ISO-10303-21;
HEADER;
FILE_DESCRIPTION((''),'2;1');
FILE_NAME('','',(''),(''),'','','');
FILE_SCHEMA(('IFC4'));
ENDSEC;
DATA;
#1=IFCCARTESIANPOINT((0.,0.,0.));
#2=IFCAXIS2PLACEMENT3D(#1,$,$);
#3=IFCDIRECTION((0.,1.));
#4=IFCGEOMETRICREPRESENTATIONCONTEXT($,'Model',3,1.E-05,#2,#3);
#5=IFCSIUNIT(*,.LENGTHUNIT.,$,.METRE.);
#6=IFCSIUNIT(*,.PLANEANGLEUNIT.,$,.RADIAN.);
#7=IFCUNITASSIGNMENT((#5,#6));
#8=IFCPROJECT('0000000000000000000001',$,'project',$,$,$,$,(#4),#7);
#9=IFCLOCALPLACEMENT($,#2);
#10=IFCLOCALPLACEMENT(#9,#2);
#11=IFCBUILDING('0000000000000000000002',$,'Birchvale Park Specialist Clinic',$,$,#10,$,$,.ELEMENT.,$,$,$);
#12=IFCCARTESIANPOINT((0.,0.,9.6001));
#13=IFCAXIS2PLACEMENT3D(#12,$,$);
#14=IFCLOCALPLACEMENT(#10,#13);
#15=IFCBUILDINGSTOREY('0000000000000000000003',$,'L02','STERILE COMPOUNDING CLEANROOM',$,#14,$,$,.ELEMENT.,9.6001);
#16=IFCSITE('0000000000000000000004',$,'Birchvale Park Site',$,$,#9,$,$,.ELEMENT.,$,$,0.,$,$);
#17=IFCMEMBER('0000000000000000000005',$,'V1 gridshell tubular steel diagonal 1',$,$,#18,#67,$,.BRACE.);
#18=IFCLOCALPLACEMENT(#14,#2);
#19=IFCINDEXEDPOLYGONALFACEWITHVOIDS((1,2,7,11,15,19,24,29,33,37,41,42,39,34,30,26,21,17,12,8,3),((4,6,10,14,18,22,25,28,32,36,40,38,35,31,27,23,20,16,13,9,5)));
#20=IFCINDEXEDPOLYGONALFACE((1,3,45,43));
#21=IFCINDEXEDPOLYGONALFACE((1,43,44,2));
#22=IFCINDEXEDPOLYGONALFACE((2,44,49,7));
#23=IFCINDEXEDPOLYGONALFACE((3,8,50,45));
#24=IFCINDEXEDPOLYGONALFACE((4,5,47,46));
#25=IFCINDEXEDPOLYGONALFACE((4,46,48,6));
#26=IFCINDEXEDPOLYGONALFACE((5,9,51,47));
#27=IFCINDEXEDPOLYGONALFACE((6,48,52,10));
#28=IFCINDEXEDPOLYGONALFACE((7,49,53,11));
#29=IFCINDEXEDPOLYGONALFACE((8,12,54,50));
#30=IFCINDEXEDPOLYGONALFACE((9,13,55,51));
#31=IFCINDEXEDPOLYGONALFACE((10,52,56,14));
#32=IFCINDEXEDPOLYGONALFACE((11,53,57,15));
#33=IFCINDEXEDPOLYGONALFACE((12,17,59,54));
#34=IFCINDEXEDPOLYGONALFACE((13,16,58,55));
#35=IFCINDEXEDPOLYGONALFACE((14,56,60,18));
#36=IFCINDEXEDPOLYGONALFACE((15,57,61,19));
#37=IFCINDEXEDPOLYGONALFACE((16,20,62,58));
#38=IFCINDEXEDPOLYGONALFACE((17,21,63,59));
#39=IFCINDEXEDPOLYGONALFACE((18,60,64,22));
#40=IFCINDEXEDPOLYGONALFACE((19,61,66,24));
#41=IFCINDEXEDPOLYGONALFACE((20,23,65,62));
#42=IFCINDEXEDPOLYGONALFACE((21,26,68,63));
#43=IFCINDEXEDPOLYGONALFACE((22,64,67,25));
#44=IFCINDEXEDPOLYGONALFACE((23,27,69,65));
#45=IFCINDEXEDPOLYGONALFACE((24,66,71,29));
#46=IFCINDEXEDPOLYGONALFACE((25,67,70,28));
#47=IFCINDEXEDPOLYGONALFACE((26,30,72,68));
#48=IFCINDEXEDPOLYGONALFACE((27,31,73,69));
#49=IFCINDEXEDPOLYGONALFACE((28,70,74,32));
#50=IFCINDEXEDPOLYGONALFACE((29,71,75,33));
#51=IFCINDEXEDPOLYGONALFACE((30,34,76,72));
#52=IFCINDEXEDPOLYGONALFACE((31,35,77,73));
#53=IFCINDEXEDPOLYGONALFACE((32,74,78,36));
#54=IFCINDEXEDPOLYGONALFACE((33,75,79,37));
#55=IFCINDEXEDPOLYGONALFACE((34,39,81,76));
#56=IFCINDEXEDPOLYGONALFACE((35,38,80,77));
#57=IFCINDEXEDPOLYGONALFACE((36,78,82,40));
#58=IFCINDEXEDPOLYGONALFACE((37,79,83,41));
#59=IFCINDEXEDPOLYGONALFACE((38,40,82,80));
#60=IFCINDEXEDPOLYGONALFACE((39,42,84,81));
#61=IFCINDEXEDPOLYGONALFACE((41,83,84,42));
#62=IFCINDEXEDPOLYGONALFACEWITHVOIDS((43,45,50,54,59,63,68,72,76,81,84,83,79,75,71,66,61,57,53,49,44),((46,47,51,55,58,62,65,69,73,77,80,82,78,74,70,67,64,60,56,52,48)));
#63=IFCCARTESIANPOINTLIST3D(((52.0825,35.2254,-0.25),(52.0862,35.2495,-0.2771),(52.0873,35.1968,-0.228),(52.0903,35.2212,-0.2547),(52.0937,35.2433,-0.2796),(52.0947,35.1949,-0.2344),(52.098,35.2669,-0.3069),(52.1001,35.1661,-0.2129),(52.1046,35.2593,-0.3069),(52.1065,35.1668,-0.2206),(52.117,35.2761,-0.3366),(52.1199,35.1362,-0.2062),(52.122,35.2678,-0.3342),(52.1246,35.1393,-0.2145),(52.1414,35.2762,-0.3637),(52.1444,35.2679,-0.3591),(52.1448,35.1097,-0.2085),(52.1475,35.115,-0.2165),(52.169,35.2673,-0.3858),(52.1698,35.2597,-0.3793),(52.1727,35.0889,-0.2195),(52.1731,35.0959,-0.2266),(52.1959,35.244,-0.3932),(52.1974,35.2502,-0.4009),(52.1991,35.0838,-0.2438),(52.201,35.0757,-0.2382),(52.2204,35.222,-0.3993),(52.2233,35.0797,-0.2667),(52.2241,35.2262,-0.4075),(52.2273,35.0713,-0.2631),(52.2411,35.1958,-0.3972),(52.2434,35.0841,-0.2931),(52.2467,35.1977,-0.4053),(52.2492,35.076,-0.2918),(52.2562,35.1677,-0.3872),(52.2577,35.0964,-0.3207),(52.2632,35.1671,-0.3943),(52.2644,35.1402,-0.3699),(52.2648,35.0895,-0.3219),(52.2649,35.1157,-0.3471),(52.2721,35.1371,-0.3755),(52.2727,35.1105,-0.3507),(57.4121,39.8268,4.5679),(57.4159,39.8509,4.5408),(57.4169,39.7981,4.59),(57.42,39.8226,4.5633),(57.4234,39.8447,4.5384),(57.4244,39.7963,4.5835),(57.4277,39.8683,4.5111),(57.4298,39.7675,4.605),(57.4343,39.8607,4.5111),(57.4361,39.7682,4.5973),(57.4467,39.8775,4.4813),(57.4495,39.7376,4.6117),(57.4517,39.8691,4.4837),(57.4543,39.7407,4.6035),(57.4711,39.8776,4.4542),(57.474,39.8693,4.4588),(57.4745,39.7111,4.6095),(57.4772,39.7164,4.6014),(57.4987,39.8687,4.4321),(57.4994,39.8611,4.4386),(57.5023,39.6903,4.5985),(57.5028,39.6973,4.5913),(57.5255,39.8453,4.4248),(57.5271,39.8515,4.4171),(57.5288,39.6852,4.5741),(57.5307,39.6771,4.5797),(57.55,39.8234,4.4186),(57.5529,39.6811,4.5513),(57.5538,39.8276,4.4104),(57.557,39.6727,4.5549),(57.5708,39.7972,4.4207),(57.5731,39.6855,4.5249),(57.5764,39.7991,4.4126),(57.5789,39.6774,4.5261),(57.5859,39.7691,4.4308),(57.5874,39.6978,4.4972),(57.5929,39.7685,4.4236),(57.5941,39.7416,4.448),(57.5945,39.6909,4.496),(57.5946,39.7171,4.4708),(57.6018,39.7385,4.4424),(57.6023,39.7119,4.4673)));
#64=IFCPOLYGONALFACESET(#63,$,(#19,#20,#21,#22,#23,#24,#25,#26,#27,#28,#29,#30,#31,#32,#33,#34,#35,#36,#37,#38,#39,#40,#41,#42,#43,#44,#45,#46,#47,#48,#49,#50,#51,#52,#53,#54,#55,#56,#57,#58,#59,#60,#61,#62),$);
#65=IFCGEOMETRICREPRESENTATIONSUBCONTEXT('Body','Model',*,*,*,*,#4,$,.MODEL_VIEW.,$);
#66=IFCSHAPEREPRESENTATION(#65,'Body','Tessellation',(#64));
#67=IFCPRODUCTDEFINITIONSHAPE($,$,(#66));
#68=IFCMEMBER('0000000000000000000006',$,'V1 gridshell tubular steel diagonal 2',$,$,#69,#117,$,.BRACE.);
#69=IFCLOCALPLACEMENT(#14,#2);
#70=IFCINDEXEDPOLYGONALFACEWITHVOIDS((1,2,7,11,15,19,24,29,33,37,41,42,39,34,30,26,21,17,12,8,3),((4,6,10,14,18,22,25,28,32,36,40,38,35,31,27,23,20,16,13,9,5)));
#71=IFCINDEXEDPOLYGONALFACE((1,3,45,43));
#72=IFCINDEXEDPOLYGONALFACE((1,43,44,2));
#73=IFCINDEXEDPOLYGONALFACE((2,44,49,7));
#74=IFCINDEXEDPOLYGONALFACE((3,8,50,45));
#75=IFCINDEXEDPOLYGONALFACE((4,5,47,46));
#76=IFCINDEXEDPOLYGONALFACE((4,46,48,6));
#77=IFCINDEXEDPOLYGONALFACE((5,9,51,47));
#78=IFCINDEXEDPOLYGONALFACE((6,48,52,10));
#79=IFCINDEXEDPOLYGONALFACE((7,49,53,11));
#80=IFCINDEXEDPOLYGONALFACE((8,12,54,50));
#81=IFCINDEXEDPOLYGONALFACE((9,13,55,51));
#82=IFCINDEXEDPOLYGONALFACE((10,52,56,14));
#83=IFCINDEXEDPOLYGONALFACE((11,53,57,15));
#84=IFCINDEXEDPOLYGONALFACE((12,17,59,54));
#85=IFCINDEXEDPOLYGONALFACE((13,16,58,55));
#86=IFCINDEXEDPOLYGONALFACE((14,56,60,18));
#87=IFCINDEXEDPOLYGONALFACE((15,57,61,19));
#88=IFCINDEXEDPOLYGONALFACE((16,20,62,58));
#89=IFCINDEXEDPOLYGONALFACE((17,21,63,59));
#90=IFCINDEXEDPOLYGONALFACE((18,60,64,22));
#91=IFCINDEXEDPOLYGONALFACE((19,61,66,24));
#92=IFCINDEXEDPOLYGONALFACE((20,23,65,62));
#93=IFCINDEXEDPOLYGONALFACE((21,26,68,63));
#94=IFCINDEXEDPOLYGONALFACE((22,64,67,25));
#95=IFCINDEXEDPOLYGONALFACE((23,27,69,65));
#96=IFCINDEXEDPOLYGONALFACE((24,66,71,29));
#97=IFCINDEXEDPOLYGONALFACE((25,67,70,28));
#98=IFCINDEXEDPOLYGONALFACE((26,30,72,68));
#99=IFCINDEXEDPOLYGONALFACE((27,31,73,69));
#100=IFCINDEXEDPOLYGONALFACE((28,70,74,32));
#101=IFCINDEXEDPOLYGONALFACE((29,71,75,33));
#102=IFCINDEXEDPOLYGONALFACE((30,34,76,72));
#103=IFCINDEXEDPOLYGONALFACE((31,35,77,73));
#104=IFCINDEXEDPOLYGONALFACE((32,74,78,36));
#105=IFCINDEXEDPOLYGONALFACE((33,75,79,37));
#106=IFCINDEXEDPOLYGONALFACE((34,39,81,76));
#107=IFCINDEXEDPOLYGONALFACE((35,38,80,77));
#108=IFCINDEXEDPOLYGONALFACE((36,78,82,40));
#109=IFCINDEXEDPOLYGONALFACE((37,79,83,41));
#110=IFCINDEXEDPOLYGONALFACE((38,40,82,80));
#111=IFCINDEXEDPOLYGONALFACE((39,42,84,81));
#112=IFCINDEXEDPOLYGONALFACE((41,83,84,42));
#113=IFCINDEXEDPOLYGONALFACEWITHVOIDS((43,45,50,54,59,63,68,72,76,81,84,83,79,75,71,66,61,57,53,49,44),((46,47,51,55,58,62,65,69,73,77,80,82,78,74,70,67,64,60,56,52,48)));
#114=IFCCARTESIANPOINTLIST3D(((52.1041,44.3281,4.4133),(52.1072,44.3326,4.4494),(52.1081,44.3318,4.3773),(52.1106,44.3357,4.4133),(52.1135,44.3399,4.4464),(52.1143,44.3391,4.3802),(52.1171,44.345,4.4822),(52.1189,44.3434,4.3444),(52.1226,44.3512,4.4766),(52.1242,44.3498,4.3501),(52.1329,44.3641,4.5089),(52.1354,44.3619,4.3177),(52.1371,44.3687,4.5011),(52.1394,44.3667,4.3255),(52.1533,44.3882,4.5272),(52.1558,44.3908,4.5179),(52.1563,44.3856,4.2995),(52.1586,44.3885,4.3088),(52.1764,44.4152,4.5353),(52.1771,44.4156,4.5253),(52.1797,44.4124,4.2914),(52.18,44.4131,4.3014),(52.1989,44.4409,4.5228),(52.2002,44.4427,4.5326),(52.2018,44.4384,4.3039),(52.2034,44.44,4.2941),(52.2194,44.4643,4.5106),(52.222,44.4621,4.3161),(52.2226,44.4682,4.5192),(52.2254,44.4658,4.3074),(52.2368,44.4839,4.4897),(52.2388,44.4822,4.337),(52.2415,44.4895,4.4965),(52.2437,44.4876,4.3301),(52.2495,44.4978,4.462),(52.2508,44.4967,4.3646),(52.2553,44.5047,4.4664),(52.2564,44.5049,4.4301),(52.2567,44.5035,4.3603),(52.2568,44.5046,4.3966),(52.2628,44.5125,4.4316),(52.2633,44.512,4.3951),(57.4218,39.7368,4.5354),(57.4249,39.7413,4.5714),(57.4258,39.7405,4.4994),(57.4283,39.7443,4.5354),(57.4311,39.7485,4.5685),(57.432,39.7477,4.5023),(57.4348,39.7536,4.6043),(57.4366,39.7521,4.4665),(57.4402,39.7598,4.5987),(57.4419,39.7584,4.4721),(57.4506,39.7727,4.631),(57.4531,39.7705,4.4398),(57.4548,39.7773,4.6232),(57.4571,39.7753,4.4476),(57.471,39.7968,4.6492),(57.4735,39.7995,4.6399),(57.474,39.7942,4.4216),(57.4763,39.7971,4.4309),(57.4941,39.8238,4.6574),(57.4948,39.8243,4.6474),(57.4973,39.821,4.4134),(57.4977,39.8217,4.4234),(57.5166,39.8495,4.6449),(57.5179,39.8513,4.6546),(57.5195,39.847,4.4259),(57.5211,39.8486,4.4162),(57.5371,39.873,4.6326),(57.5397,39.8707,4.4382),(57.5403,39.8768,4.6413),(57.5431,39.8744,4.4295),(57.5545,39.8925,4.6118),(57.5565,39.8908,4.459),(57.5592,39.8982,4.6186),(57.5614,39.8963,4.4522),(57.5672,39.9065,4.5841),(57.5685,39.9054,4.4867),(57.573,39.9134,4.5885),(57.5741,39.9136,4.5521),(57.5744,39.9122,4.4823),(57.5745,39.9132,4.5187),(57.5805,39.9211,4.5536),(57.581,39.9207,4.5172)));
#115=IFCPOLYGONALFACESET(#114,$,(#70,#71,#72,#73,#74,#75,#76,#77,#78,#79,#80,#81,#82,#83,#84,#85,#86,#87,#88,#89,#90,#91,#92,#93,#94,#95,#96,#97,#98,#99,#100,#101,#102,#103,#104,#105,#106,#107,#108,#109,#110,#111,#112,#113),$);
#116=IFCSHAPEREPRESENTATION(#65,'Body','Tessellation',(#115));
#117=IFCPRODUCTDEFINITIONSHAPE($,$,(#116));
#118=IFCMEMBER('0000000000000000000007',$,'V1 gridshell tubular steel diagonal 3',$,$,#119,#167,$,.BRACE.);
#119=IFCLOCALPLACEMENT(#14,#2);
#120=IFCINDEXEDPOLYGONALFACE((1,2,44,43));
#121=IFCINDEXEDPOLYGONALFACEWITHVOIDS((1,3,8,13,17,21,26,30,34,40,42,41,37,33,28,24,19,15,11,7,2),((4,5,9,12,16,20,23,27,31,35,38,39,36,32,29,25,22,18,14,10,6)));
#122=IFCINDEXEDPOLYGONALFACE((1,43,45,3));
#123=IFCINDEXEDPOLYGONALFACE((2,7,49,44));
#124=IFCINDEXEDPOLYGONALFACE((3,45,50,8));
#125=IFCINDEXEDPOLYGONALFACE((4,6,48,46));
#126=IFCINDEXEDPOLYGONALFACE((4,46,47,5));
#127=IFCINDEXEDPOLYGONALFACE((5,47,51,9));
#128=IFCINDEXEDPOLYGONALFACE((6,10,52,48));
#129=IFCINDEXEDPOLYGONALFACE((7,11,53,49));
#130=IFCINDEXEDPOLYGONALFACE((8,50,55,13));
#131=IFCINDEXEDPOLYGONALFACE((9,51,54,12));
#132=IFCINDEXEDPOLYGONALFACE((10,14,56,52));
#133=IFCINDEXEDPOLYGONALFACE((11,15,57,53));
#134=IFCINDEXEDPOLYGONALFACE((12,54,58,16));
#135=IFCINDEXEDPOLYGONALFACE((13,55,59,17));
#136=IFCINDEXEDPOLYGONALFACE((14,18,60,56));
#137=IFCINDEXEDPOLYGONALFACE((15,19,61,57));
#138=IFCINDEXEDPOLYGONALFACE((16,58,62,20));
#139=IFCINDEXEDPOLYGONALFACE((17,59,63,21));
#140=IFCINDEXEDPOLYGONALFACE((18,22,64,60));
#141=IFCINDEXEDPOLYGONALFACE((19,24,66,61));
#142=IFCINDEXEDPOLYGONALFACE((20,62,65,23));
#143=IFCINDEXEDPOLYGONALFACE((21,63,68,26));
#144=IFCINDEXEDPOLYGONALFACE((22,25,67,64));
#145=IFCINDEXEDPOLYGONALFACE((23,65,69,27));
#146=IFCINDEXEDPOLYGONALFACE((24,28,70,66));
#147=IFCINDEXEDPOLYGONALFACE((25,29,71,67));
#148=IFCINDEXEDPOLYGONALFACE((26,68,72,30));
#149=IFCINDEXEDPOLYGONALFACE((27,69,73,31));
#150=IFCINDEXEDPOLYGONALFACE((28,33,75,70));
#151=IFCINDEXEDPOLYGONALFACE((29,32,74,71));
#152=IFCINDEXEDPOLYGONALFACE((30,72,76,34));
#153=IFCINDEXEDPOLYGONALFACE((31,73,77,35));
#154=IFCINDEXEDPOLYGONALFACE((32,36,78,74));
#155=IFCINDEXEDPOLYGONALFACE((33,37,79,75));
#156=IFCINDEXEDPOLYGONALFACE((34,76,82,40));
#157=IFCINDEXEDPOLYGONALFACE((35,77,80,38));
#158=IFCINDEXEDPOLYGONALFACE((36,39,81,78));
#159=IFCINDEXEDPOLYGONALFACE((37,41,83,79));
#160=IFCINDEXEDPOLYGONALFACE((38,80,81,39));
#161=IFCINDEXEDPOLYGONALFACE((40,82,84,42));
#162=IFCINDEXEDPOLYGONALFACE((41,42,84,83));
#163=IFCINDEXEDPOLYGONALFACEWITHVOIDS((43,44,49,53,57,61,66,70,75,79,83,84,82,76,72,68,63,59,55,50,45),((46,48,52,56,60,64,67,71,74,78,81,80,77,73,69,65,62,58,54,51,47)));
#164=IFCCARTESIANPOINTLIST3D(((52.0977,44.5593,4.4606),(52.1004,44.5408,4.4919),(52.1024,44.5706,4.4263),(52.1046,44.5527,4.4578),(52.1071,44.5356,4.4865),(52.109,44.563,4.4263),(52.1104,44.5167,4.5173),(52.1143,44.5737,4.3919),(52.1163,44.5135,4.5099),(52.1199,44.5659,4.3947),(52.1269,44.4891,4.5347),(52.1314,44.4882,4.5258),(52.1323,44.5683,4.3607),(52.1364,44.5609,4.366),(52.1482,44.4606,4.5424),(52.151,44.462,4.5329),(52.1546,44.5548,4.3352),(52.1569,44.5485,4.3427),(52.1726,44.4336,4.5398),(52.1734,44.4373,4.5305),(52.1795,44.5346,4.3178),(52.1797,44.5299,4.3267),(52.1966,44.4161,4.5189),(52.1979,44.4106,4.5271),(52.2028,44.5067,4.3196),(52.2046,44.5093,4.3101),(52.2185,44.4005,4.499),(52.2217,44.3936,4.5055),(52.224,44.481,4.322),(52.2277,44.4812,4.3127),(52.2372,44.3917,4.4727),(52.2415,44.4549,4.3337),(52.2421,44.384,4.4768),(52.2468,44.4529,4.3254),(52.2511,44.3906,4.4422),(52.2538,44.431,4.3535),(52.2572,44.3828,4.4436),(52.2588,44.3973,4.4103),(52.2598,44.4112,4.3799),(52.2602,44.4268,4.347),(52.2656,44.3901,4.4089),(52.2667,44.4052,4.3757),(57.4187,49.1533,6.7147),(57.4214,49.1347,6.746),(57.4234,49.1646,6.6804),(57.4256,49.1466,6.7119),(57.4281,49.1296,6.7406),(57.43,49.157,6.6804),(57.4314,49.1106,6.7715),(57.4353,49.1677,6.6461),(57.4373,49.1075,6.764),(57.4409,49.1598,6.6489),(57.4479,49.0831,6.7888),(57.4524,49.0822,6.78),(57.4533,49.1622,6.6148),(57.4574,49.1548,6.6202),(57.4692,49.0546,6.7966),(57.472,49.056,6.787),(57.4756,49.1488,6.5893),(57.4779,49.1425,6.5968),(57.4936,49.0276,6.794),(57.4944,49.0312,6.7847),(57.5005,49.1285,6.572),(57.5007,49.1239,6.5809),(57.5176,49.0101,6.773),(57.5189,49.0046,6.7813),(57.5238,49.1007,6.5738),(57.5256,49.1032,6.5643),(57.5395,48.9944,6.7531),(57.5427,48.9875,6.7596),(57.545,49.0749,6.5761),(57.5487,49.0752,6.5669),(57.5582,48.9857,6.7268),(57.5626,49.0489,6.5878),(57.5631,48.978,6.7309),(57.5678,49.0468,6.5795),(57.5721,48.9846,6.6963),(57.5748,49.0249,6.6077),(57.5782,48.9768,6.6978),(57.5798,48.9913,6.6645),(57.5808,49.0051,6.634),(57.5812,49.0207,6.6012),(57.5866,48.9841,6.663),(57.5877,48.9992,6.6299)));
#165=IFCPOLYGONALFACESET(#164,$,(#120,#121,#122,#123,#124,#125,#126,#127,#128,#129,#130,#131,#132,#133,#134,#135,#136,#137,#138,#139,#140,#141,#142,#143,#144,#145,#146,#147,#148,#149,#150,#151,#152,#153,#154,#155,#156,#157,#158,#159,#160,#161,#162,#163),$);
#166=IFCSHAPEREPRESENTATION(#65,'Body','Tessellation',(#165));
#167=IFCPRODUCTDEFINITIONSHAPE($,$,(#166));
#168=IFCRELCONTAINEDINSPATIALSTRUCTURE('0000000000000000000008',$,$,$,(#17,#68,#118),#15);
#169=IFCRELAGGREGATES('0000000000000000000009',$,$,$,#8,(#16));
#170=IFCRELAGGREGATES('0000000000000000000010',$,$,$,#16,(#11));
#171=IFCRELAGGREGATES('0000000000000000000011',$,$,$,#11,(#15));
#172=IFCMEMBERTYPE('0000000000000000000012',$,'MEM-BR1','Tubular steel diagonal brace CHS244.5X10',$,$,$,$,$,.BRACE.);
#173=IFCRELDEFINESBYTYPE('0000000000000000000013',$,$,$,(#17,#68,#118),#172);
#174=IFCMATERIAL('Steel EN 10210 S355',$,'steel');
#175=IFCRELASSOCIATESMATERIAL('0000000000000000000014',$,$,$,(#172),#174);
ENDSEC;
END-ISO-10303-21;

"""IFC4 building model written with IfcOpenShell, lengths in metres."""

from ifc_helpers import new_model, si_unit, direction, frame, origin, origin_2d, place, context, subcontext, project, spatial, hollow_circle, extrude, material, material_profile, profile_set, type_object, element, save


model = new_model("IFC4")

# Units and contexts
model_context = context("Model", 3, precision=1e-05, world=origin(), true_north=direction((0.0, 1.0)))
body_context = subcontext(model_context, "Body", "Model", "MODEL_VIEW")
ifc_project = project(units=[si_unit("LENGTHUNIT", "METRE"), si_unit("PLANEANGLEUNIT", "RADIAN")], contexts=[model_context])

# Site, building, storey
site_placement = place(None, origin())
site = spatial("IfcSite", under=ifc_project, at=site_placement, Name="Birchvale Park Site", CompositionType="ELEMENT", RefElevation=0.0)
building_placement = place(site_placement, origin())
building = spatial("IfcBuilding", under=site, at=building_placement, Name="Birchvale Park Specialist Clinic", CompositionType="ELEMENT")
storey_placement = place(building_placement, frame((0.0, 0.0, 9.6001)))
storey = spatial("IfcBuildingStorey", under=building, at=storey_placement, Name="L02", Description="STERILE COMPOUNDING CLEANROOM", CompositionType="ELEMENT", Elevation=9.6001)

# Members
ifc_material_1 = material(Name="Steel EN 10210 S355", Category="steel")
ifc_material_profile_1 = material_profile(ifc_material_1, hollow_circle(Radius=0.1223, WallThickness=0.01, at=origin_2d()), Name="CHS244.5X10")
ifc_profile_set_1 = profile_set([ifc_material_profile_1], Name="Steel EN 10210 S355")
member_type_1 = type_object("IfcMemberType", Name="MEM-BR1", Description="Tubular steel diagonal brace CHS244.5X10", PredefinedType="BRACE", material=ifc_profile_set_1)
member_1_placement = place(storey_placement, frame((52.178, 35.1743, -0.3069), z_axis=(0.624687, 0.539325, 0.564708), x_axis=(-0.653497, 0.756929, 0.0)))
element("IfcMember", 1, at=member_1_placement, inside=storey, type_object=member_type_1, Name="V1 gridshell tubular steel diagonal 1", PredefinedType="BRACE", context=body_context, shape_type="SweptSolid", body=[
    extrude(hollow_circle(Radius=0.1223, WallThickness=0.01, at=origin_2d()), origin(), (0.0, 0.0, 1.0), 8.5317),
])
member_2_placement = place(storey_placement, frame((57.5017, 39.8293, 4.5354), z_axis=(-0.756792, 0.653424, -0.017373), x_axis=(-0.653523, -0.756907, 0.0)))
element("IfcMember", 2, at=member_2_placement, inside=storey, type_object=member_type_1, Name="V1 gridshell tubular steel diagonal 2", PredefinedType="BRACE", context=body_context, shape_type="SweptSolid", body=[
    extrude(hollow_circle(Radius=0.1223, WallThickness=0.01, at=origin_2d()), origin(), (0.0, 0.0, 1.0), 7.0266),
])
for number, where, z_axis, x_axis, name in (
    (3, (52.1824, 44.478, 4.4263), (0.720777, 0.622292, 0.305342), (-0.653501, 0.756925, 0.0), "V1 gridshell tubular steel diagonal 3"),
):
    element("IfcMember", number, at=place(storey_placement, frame(where, z_axis=z_axis, x_axis=x_axis)), inside=storey, type_object=member_type_1, Name=name, PredefinedType="BRACE", context=body_context, shape_type="SweptSolid", body=[
        extrude(hollow_circle(Radius=0.1223, WallThickness=0.01, at=origin_2d()), origin(), (0.0, 0.0, 1.0), 7.3823),
    ])

save(model, "model.ifc")
